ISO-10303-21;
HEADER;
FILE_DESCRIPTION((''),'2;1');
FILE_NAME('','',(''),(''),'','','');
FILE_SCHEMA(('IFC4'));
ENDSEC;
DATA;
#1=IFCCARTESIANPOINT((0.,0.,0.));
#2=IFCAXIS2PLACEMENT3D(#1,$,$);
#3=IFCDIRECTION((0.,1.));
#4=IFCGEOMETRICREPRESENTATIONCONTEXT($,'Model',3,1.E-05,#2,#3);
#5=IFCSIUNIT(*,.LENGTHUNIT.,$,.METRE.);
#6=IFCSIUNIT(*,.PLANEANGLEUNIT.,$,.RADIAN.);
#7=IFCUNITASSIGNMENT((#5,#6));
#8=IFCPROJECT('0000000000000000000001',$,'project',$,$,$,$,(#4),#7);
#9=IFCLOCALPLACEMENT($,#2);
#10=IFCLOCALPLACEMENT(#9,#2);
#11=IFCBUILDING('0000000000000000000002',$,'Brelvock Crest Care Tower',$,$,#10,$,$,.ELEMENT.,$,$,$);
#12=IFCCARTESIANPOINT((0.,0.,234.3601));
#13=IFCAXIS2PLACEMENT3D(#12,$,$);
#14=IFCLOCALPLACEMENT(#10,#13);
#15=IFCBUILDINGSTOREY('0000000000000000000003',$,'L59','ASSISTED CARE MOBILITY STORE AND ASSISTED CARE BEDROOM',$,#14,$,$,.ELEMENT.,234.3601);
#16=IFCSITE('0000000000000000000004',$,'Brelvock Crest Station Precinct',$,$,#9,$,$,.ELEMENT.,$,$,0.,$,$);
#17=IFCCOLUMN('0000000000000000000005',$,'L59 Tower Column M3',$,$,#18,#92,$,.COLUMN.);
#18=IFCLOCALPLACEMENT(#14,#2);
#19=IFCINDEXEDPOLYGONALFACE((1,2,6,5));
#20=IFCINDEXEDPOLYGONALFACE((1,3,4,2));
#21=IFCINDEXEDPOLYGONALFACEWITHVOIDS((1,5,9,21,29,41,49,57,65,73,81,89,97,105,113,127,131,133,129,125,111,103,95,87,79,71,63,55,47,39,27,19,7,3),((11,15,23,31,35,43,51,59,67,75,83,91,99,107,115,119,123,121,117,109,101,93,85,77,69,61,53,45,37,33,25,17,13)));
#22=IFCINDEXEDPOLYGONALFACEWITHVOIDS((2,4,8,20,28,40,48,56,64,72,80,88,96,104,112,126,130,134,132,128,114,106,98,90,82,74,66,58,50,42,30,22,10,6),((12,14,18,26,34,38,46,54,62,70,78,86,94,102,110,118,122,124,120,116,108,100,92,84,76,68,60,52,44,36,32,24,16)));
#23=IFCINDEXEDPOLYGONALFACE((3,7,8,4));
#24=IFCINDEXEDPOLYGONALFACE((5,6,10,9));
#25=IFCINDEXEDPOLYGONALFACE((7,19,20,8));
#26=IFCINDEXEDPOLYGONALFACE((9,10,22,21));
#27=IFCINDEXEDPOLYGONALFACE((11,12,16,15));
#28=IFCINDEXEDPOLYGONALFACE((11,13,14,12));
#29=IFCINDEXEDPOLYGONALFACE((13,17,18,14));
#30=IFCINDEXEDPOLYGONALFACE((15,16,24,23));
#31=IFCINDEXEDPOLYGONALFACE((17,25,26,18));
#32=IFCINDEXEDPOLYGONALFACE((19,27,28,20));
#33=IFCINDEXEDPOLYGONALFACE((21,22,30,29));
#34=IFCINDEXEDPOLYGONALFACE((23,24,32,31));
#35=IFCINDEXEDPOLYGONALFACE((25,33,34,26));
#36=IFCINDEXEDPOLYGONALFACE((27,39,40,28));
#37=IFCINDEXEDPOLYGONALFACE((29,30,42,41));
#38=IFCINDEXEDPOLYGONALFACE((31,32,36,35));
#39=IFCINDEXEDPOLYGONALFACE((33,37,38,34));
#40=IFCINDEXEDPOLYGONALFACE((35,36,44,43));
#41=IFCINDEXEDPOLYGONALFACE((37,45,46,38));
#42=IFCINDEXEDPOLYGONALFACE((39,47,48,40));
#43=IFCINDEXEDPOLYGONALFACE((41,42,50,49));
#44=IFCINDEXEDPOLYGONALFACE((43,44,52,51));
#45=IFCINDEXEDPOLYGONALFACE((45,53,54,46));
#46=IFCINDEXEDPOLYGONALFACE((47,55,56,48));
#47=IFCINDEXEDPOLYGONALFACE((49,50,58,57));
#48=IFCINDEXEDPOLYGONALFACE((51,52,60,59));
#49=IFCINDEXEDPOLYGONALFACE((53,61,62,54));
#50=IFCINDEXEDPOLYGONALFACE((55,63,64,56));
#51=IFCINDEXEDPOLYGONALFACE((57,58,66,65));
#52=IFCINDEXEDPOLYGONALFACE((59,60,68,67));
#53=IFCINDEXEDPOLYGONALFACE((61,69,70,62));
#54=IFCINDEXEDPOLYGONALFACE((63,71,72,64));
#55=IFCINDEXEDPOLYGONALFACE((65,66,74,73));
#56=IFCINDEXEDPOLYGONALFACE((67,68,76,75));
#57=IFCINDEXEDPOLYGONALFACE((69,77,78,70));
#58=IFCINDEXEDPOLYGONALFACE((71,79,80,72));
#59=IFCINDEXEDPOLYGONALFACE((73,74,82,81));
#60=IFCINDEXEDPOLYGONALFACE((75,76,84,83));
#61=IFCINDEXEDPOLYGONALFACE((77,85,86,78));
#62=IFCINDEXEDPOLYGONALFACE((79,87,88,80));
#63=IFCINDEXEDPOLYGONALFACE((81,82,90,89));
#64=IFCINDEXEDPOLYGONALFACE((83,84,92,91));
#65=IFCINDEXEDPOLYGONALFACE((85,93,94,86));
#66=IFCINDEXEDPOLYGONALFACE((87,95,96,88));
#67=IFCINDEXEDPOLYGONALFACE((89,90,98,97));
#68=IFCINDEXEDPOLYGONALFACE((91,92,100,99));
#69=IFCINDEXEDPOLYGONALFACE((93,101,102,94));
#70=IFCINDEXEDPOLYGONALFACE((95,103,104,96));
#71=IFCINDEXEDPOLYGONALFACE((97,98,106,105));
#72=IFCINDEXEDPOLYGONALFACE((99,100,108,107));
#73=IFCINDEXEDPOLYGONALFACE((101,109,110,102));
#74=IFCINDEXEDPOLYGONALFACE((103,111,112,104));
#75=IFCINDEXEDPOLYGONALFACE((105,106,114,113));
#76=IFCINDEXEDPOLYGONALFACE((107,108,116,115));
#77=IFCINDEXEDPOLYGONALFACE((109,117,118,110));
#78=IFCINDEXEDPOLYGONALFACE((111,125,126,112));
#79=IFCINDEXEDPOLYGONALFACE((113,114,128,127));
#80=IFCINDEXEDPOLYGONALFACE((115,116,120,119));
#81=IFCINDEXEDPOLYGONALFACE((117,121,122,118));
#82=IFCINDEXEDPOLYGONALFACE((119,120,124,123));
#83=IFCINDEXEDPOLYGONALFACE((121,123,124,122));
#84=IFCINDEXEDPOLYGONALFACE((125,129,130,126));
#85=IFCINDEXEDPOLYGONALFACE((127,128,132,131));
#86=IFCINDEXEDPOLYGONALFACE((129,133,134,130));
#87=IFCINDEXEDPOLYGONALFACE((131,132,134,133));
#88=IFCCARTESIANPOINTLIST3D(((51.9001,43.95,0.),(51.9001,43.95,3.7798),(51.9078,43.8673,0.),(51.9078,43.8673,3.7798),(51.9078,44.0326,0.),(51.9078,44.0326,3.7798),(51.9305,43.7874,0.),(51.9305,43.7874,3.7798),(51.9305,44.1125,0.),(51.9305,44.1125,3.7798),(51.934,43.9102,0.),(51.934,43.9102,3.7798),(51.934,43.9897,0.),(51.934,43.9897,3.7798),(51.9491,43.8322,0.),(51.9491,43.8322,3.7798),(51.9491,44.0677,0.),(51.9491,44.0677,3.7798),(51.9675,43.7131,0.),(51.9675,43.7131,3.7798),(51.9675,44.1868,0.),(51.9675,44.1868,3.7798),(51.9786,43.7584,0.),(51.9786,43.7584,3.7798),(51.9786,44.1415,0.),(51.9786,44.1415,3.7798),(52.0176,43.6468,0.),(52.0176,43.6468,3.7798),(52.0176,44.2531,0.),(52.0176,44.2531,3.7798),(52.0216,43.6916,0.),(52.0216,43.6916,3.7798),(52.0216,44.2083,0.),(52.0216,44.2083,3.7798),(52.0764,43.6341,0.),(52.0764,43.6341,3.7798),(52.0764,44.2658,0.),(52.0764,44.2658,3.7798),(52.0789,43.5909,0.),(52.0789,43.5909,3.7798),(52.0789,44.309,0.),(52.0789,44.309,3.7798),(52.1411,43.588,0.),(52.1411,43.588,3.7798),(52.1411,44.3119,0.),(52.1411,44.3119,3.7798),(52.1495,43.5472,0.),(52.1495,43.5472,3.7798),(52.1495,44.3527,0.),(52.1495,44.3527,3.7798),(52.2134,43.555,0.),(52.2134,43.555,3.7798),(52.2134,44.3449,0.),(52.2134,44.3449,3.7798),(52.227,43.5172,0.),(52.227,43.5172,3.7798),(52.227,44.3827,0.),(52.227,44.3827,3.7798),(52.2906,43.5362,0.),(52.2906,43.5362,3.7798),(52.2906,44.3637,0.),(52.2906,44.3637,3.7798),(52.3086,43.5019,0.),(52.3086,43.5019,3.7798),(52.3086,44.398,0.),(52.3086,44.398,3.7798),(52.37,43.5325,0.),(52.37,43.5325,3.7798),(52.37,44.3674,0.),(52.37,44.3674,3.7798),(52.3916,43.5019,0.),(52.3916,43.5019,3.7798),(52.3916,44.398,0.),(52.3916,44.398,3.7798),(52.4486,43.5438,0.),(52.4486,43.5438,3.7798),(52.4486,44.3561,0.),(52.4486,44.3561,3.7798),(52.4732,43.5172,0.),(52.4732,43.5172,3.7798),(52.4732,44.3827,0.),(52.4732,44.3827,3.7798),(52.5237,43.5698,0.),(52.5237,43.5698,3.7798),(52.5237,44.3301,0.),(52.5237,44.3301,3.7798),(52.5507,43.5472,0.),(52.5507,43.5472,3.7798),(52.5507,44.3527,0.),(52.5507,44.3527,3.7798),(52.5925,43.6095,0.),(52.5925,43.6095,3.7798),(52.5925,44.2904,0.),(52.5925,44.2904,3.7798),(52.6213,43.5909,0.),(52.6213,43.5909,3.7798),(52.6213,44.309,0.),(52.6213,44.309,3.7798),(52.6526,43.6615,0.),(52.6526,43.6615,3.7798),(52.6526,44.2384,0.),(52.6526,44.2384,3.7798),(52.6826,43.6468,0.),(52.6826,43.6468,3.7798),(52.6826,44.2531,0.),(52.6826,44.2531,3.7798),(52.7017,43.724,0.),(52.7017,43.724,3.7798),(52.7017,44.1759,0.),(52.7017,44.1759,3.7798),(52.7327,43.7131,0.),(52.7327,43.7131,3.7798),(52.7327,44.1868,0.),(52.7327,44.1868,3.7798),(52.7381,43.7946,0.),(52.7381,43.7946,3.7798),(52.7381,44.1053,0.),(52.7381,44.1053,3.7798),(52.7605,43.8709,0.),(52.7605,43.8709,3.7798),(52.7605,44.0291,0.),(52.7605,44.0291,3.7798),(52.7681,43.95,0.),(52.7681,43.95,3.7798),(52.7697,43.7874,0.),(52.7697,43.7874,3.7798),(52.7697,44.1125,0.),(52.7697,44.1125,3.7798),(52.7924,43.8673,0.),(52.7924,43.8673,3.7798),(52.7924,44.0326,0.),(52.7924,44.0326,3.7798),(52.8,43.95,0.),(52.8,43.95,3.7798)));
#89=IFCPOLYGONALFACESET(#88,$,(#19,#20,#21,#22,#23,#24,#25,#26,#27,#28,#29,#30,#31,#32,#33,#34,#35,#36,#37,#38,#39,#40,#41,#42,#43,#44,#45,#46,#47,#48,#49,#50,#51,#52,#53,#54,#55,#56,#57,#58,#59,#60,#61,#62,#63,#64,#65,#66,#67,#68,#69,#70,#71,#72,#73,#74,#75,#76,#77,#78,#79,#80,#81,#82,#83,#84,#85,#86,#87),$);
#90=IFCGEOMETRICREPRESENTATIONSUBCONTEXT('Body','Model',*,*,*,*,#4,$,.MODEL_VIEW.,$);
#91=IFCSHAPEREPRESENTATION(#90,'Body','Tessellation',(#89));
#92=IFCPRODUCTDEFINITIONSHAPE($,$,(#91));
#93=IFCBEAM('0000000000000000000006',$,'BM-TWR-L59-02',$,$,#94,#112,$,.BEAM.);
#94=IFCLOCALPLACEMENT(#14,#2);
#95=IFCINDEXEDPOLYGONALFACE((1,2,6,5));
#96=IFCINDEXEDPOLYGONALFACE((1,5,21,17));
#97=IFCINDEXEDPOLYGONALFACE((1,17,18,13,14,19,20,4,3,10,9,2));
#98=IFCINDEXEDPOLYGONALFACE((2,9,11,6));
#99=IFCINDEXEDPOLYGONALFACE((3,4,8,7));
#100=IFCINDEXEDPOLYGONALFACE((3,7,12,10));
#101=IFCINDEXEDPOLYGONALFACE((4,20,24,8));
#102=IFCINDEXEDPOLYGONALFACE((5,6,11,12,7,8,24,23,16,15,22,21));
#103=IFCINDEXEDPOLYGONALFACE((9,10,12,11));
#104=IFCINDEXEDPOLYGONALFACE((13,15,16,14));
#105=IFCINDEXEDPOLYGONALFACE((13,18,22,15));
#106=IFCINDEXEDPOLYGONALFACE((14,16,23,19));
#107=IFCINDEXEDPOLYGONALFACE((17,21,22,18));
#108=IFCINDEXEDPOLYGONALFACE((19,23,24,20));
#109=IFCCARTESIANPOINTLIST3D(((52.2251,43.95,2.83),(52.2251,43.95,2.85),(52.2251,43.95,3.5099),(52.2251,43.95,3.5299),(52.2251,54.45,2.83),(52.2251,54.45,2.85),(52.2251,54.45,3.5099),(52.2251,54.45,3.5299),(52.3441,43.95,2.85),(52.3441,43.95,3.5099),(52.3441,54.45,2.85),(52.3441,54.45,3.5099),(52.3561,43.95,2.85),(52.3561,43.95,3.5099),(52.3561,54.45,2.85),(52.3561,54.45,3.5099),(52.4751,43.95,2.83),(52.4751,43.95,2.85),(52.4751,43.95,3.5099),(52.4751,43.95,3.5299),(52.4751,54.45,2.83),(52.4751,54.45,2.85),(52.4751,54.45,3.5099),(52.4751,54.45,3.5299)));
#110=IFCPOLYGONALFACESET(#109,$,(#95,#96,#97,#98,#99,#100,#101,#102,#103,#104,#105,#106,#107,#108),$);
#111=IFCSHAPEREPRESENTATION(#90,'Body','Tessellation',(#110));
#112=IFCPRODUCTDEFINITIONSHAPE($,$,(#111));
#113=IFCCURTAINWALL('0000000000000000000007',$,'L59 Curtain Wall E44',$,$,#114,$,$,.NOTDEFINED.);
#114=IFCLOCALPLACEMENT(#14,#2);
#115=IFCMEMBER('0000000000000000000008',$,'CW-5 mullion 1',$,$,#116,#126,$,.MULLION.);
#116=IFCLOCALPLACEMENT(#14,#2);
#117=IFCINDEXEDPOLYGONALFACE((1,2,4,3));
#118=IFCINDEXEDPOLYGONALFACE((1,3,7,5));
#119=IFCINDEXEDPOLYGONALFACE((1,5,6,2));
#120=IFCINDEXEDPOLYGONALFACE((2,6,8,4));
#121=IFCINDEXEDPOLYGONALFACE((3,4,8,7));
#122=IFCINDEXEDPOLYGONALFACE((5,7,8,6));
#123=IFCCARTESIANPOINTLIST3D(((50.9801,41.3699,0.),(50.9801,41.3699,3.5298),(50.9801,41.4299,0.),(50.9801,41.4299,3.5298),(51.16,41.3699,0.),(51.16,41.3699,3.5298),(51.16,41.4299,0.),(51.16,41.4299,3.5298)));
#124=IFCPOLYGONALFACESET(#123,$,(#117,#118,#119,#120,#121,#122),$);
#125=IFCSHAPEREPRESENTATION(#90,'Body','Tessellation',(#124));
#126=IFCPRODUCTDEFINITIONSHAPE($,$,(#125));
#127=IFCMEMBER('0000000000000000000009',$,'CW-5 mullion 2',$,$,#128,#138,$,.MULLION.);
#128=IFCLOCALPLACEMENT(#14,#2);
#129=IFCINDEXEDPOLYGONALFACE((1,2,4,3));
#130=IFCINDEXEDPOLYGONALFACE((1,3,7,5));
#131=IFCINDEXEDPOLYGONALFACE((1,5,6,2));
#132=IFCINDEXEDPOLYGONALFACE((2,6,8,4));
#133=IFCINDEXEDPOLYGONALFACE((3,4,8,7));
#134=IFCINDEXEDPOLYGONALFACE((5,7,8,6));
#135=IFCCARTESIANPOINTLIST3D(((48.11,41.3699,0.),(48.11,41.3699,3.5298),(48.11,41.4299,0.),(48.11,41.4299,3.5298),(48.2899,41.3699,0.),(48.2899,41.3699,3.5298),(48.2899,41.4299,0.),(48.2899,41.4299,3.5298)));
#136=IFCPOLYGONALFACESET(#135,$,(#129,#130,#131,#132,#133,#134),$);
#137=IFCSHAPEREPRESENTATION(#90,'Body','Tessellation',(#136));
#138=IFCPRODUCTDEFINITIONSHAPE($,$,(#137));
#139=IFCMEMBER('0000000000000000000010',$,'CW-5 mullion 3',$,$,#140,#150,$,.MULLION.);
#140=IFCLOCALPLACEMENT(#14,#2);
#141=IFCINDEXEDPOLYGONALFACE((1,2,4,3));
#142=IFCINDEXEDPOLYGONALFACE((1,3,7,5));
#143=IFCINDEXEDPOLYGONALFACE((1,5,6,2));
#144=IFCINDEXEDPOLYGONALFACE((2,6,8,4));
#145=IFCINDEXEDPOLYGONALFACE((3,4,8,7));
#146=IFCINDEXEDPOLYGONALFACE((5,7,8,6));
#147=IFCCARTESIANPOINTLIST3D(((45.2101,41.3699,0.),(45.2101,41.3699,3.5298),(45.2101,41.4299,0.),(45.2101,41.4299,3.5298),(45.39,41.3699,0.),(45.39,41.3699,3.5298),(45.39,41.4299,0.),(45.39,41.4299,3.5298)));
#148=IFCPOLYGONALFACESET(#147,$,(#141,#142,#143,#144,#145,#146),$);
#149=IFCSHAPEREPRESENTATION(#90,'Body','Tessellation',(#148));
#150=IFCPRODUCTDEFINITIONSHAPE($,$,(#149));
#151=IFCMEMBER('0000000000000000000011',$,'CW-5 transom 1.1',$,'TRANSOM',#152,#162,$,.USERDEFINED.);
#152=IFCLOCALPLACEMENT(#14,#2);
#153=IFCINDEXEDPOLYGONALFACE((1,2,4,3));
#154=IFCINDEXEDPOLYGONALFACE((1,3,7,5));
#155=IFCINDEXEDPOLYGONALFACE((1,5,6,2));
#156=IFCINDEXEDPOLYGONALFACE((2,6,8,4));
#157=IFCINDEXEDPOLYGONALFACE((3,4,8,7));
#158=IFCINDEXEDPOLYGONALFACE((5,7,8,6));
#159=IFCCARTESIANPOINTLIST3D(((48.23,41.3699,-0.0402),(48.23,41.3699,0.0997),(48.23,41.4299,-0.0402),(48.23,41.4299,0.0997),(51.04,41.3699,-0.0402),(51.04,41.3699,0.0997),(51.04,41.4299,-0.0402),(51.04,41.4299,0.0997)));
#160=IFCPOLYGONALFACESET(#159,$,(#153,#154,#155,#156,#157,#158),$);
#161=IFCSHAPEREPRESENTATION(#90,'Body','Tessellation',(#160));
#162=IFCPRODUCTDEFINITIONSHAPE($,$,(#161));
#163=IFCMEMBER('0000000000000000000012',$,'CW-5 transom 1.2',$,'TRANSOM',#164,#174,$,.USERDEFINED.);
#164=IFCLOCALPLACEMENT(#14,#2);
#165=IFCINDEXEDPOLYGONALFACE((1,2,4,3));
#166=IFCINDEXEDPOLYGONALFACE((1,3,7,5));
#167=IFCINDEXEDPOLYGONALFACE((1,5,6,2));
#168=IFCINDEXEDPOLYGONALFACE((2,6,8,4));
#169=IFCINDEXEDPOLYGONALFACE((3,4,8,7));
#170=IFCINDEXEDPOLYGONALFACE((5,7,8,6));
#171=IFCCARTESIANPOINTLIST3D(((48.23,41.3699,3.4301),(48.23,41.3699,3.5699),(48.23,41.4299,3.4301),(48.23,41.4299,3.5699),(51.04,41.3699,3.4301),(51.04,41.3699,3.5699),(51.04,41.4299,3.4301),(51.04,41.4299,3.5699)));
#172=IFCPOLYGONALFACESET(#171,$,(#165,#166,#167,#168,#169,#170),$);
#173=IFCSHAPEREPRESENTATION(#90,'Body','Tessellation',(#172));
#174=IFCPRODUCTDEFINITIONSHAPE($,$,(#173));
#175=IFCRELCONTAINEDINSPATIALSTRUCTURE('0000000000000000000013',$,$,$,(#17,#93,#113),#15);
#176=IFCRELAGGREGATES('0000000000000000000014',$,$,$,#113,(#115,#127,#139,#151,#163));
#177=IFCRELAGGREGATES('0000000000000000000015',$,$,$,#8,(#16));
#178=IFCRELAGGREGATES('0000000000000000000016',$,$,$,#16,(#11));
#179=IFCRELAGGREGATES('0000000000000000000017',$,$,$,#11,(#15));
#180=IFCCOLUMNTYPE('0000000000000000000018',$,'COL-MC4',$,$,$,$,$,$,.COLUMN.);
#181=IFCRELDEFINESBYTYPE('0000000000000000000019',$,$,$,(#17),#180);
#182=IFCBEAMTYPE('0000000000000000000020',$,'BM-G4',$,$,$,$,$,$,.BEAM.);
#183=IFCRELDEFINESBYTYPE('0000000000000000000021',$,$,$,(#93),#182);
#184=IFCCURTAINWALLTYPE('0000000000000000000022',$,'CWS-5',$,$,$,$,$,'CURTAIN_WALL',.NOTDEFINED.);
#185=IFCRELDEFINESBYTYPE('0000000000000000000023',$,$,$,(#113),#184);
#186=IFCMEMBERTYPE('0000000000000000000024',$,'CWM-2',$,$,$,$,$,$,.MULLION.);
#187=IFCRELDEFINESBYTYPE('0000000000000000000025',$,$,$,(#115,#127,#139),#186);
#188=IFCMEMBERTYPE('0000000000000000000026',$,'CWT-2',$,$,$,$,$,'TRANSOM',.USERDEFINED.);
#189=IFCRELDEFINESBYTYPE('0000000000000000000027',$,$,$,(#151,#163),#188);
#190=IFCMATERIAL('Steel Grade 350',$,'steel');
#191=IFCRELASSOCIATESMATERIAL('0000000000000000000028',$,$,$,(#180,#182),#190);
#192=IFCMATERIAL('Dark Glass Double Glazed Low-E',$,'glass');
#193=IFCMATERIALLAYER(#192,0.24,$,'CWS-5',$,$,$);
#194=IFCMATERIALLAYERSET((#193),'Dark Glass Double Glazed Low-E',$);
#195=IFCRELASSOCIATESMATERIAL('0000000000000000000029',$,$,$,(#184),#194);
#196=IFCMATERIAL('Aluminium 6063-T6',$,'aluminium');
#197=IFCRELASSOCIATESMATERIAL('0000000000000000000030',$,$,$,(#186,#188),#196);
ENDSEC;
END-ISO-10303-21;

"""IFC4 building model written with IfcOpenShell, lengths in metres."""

from ifc_helpers import new_model, si_unit, direction, frame, origin, origin_2d, place, context, subcontext, project, spatial, rectangle, hollow_circle, i_section, extrude, source, transform, mapped, material, layer, layer_set, material_profile, profile_set, type_object, element, aggregate, save


model = new_model("IFC4")

# Units and contexts
model_context = context("Model", 3, precision=1e-05, world=origin(), true_north=direction((0.0, 1.0)))
body_context = subcontext(model_context, "Body", "Model", "MODEL_VIEW")
ifc_project = project(units=[si_unit("LENGTHUNIT", "METRE"), si_unit("PLANEANGLEUNIT", "RADIAN")], contexts=[model_context])

# Site, building, storey
site_placement = place(None, origin())
site = spatial("IfcSite", under=ifc_project, at=site_placement, Name="Brelvock Crest Station Precinct", CompositionType="ELEMENT", RefElevation=0.0)
building_placement = place(site_placement, origin())
building = spatial("IfcBuilding", under=site, at=building_placement, Name="Brelvock Crest Care Tower", CompositionType="ELEMENT")
storey_placement = place(building_placement, frame((0.0, 0.0, 234.3601)))
storey = spatial("IfcBuildingStorey", under=building, at=storey_placement, Name="L59", Description="ASSISTED CARE MOBILITY STORE AND ASSISTED CARE BEDROOM", CompositionType="ELEMENT", Elevation=234.3601)

# Column
ifc_material_1 = material(Name="Steel Grade 350", Category="steel")
ifc_material_profile_1 = material_profile(ifc_material_1, hollow_circle(Radius=0.45, WallThickness=0.032, at=origin_2d()), Name="CFT900x32")
ifc_profile_set_1 = profile_set([ifc_material_profile_1], Name="Steel Grade 350")
column_type = type_object("IfcColumnType", Name="COL-MC4", PredefinedType="COLUMN", material=ifc_profile_set_1)
shared_shape_1 = source(origin(), body_context, "Body", "SweptSolid", [
    extrude(hollow_circle(Radius=0.45, WallThickness=0.032, at=origin_2d()), origin(), (0.0, 0.0, 1.0), 3.7798),
])
column_placement = place(storey_placement, frame((52.3501, 43.95, 0.0), z_axis=(0.0, 0.0, 1.0), x_axis=(1.0, 0.0, 0.0)))
element("IfcColumn", 1, at=column_placement, inside=storey, type_object=column_type, Name="L59 Tower Column M3", PredefinedType="COLUMN", context=body_context, shape_type="MappedRepresentation", body=[
    mapped(shared_shape_1, transform((0.0, 0.0, 0.0), x_axis=(1.0, 0.0, 0.0), y_axis=(0.0, 1.0, 0.0), z_axis=(0.0, 0.0, 1.0), scale=1.0)),
])

# Beam
ifc_material_profile_2 = material_profile(ifc_material_1, i_section(OverallWidth=0.25, OverallDepth=0.7, WebThickness=0.012, FlangeThickness=0.02, at=origin_2d()), Name="700WB150")
ifc_profile_set_2 = profile_set([ifc_material_profile_2], Name="Steel Grade 350")
beam_type = type_object("IfcBeamType", Name="BM-G4", PredefinedType="BEAM", material=ifc_profile_set_2)
shared_shape_2 = source(origin(), body_context, "Body", "SweptSolid", [
    extrude(i_section(OverallWidth=0.25, OverallDepth=0.7, WebThickness=0.012, FlangeThickness=0.02, at=origin_2d()), origin(), (0.0, 0.0, 1.0), 10.5),
])
beam_placement = place(storey_placement, frame((52.3501, 43.95, 3.1799), z_axis=(0.0, 1.0, 0.0), x_axis=(-1.0, 0.0, 0.0)))
element("IfcBeam", 2, at=beam_placement, inside=storey, type_object=beam_type, Name="BM-TWR-L59-02", PredefinedType="BEAM", context=body_context, shape_type="MappedRepresentation", body=[
    mapped(shared_shape_2, transform((0.0, 0.0, 0.0), x_axis=(1.0, 0.0, 0.0), y_axis=(0.0, 1.0, 0.0), z_axis=(0.0, 0.0, 1.0), scale=1.0)),
])

# Curtain wall, members
ifc_material_2 = material(Name="Dark Glass Double Glazed Low-E", Category="glass")
ifc_layer_1 = layer(ifc_material_2, 0.24, Name="CWS-5")
ifc_layer_set_1 = layer_set([ifc_layer_1], Name="Dark Glass Double Glazed Low-E")
curtain_wall_type = type_object("IfcCurtainWallType", Name="CWS-5", ElementType="CURTAIN_WALL", PredefinedType="NOTDEFINED", material=ifc_layer_set_1)
curtain_wall_placement = place(storey_placement, origin())
curtain_wall = element("IfcCurtainWall", 3, at=curtain_wall_placement, inside=storey, type_object=curtain_wall_type, Name="L59 Curtain Wall E44", PredefinedType="NOTDEFINED")
ifc_material_3 = material(Name="Aluminium 6063-T6", Category="aluminium")
ifc_material_profile_3 = material_profile(ifc_material_3, rectangle(XDim=0.0601, YDim=0.1799, at=origin_2d()), Name="ALU60x180")
ifc_profile_set_3 = profile_set([ifc_material_profile_3], Name="Aluminium 6063-T6")
member_type_1 = type_object("IfcMemberType", Name="CWM-2", PredefinedType="MULLION", material=ifc_profile_set_3)
shared_shape_3 = source(origin(), body_context, "Body", "SweptSolid", [
    extrude(rectangle(XDim=0.0601, YDim=0.1799, at=origin_2d()), origin(), (0.0, 0.0, 1.0), 3.5298),
])
member_1_placement = place(storey_placement, frame((51.0701, 41.3999, 0.0), z_axis=(0.0, 0.0, 1.0), x_axis=(0.0, -1.0, 0.0)))
member_1 = element("IfcMember", 4, at=member_1_placement, type_object=member_type_1, Name="CW-5 mullion 1", PredefinedType="MULLION", context=body_context, shape_type="MappedRepresentation", body=[
    mapped(shared_shape_3, transform((0.0, 0.0, 0.0), x_axis=(1.0, 0.0, 0.0), y_axis=(0.0, 1.0, 0.0), z_axis=(0.0, 0.0, 1.0), scale=1.0)),
])
member_2_placement = place(storey_placement, frame((48.2, 41.3999, 0.0), z_axis=(0.0, 0.0, 1.0), x_axis=(0.0, -1.0, 0.0)))
member_2 = element("IfcMember", 5, at=member_2_placement, type_object=member_type_1, Name="CW-5 mullion 2", PredefinedType="MULLION", context=body_context, shape_type="MappedRepresentation", body=[
    mapped(shared_shape_3, transform((0.0, 0.0, 0.0), x_axis=(1.0, 0.0, 0.0), y_axis=(0.0, 1.0, 0.0), z_axis=(0.0, 0.0, 1.0), scale=1.0)),
])
member_3_placement = place(storey_placement, frame((45.3, 41.3999, 0.0), z_axis=(0.0, 0.0, 1.0), x_axis=(0.0, -1.0, 0.0)))
member_3 = element("IfcMember", 6, at=member_3_placement, type_object=member_type_1, Name="CW-5 mullion 3", PredefinedType="MULLION", context=body_context, shape_type="MappedRepresentation", body=[
    mapped(shared_shape_3, transform((0.0, 0.0, 0.0), x_axis=(1.0, 0.0, 0.0), y_axis=(0.0, 1.0, 0.0), z_axis=(0.0, 0.0, 1.0), scale=1.0)),
])
ifc_material_profile_4 = material_profile(ifc_material_3, rectangle(XDim=0.0601, YDim=0.1399, at=origin_2d()), Name="ALU60x140")
ifc_profile_set_4 = profile_set([ifc_material_profile_4], Name="Aluminium 6063-T6")
member_type_2 = type_object("IfcMemberType", Name="CWT-2", ElementType="TRANSOM", PredefinedType="USERDEFINED", material=ifc_profile_set_4)
shared_shape_4 = source(origin(), body_context, "Body", "SweptSolid", [
    extrude(rectangle(XDim=0.0601, YDim=0.1399, at=origin_2d()), origin(), (0.0, 0.0, 1.0), 2.8101),
])
member_4_placement = place(storey_placement, frame((51.04, 41.3999, 0.0298), z_axis=(-1.0, 0.0, 0.0), x_axis=(0.0, -1.0, 0.0)))
member_4 = element("IfcMember", 7, at=member_4_placement, type_object=member_type_2, Name="CW-5 transom 1.1", ObjectType="TRANSOM", PredefinedType="USERDEFINED", context=body_context, shape_type="MappedRepresentation", body=[
    mapped(shared_shape_4, transform((0.0, 0.0, 0.0), x_axis=(1.0, 0.0, 0.0), y_axis=(0.0, 1.0, 0.0), z_axis=(0.0, 0.0, 1.0), scale=1.0)),
])
member_5_placement = place(storey_placement, frame((51.04, 41.3999, 3.5), z_axis=(-1.0, 0.0, 0.0), x_axis=(0.0, -1.0, 0.0)))
member_5 = element("IfcMember", 8, at=member_5_placement, type_object=member_type_2, Name="CW-5 transom 1.2", ObjectType="TRANSOM", PredefinedType="USERDEFINED", context=body_context, shape_type="MappedRepresentation", body=[
    mapped(shared_shape_4, transform((0.0, 0.0, 0.0), x_axis=(1.0, 0.0, 0.0), y_axis=(0.0, 1.0, 0.0), z_axis=(0.0, 0.0, 1.0), scale=1.0)),
])
aggregate(curtain_wall, [member_1, member_2, member_3, member_4, member_5])

save(model, "model.ifc")
